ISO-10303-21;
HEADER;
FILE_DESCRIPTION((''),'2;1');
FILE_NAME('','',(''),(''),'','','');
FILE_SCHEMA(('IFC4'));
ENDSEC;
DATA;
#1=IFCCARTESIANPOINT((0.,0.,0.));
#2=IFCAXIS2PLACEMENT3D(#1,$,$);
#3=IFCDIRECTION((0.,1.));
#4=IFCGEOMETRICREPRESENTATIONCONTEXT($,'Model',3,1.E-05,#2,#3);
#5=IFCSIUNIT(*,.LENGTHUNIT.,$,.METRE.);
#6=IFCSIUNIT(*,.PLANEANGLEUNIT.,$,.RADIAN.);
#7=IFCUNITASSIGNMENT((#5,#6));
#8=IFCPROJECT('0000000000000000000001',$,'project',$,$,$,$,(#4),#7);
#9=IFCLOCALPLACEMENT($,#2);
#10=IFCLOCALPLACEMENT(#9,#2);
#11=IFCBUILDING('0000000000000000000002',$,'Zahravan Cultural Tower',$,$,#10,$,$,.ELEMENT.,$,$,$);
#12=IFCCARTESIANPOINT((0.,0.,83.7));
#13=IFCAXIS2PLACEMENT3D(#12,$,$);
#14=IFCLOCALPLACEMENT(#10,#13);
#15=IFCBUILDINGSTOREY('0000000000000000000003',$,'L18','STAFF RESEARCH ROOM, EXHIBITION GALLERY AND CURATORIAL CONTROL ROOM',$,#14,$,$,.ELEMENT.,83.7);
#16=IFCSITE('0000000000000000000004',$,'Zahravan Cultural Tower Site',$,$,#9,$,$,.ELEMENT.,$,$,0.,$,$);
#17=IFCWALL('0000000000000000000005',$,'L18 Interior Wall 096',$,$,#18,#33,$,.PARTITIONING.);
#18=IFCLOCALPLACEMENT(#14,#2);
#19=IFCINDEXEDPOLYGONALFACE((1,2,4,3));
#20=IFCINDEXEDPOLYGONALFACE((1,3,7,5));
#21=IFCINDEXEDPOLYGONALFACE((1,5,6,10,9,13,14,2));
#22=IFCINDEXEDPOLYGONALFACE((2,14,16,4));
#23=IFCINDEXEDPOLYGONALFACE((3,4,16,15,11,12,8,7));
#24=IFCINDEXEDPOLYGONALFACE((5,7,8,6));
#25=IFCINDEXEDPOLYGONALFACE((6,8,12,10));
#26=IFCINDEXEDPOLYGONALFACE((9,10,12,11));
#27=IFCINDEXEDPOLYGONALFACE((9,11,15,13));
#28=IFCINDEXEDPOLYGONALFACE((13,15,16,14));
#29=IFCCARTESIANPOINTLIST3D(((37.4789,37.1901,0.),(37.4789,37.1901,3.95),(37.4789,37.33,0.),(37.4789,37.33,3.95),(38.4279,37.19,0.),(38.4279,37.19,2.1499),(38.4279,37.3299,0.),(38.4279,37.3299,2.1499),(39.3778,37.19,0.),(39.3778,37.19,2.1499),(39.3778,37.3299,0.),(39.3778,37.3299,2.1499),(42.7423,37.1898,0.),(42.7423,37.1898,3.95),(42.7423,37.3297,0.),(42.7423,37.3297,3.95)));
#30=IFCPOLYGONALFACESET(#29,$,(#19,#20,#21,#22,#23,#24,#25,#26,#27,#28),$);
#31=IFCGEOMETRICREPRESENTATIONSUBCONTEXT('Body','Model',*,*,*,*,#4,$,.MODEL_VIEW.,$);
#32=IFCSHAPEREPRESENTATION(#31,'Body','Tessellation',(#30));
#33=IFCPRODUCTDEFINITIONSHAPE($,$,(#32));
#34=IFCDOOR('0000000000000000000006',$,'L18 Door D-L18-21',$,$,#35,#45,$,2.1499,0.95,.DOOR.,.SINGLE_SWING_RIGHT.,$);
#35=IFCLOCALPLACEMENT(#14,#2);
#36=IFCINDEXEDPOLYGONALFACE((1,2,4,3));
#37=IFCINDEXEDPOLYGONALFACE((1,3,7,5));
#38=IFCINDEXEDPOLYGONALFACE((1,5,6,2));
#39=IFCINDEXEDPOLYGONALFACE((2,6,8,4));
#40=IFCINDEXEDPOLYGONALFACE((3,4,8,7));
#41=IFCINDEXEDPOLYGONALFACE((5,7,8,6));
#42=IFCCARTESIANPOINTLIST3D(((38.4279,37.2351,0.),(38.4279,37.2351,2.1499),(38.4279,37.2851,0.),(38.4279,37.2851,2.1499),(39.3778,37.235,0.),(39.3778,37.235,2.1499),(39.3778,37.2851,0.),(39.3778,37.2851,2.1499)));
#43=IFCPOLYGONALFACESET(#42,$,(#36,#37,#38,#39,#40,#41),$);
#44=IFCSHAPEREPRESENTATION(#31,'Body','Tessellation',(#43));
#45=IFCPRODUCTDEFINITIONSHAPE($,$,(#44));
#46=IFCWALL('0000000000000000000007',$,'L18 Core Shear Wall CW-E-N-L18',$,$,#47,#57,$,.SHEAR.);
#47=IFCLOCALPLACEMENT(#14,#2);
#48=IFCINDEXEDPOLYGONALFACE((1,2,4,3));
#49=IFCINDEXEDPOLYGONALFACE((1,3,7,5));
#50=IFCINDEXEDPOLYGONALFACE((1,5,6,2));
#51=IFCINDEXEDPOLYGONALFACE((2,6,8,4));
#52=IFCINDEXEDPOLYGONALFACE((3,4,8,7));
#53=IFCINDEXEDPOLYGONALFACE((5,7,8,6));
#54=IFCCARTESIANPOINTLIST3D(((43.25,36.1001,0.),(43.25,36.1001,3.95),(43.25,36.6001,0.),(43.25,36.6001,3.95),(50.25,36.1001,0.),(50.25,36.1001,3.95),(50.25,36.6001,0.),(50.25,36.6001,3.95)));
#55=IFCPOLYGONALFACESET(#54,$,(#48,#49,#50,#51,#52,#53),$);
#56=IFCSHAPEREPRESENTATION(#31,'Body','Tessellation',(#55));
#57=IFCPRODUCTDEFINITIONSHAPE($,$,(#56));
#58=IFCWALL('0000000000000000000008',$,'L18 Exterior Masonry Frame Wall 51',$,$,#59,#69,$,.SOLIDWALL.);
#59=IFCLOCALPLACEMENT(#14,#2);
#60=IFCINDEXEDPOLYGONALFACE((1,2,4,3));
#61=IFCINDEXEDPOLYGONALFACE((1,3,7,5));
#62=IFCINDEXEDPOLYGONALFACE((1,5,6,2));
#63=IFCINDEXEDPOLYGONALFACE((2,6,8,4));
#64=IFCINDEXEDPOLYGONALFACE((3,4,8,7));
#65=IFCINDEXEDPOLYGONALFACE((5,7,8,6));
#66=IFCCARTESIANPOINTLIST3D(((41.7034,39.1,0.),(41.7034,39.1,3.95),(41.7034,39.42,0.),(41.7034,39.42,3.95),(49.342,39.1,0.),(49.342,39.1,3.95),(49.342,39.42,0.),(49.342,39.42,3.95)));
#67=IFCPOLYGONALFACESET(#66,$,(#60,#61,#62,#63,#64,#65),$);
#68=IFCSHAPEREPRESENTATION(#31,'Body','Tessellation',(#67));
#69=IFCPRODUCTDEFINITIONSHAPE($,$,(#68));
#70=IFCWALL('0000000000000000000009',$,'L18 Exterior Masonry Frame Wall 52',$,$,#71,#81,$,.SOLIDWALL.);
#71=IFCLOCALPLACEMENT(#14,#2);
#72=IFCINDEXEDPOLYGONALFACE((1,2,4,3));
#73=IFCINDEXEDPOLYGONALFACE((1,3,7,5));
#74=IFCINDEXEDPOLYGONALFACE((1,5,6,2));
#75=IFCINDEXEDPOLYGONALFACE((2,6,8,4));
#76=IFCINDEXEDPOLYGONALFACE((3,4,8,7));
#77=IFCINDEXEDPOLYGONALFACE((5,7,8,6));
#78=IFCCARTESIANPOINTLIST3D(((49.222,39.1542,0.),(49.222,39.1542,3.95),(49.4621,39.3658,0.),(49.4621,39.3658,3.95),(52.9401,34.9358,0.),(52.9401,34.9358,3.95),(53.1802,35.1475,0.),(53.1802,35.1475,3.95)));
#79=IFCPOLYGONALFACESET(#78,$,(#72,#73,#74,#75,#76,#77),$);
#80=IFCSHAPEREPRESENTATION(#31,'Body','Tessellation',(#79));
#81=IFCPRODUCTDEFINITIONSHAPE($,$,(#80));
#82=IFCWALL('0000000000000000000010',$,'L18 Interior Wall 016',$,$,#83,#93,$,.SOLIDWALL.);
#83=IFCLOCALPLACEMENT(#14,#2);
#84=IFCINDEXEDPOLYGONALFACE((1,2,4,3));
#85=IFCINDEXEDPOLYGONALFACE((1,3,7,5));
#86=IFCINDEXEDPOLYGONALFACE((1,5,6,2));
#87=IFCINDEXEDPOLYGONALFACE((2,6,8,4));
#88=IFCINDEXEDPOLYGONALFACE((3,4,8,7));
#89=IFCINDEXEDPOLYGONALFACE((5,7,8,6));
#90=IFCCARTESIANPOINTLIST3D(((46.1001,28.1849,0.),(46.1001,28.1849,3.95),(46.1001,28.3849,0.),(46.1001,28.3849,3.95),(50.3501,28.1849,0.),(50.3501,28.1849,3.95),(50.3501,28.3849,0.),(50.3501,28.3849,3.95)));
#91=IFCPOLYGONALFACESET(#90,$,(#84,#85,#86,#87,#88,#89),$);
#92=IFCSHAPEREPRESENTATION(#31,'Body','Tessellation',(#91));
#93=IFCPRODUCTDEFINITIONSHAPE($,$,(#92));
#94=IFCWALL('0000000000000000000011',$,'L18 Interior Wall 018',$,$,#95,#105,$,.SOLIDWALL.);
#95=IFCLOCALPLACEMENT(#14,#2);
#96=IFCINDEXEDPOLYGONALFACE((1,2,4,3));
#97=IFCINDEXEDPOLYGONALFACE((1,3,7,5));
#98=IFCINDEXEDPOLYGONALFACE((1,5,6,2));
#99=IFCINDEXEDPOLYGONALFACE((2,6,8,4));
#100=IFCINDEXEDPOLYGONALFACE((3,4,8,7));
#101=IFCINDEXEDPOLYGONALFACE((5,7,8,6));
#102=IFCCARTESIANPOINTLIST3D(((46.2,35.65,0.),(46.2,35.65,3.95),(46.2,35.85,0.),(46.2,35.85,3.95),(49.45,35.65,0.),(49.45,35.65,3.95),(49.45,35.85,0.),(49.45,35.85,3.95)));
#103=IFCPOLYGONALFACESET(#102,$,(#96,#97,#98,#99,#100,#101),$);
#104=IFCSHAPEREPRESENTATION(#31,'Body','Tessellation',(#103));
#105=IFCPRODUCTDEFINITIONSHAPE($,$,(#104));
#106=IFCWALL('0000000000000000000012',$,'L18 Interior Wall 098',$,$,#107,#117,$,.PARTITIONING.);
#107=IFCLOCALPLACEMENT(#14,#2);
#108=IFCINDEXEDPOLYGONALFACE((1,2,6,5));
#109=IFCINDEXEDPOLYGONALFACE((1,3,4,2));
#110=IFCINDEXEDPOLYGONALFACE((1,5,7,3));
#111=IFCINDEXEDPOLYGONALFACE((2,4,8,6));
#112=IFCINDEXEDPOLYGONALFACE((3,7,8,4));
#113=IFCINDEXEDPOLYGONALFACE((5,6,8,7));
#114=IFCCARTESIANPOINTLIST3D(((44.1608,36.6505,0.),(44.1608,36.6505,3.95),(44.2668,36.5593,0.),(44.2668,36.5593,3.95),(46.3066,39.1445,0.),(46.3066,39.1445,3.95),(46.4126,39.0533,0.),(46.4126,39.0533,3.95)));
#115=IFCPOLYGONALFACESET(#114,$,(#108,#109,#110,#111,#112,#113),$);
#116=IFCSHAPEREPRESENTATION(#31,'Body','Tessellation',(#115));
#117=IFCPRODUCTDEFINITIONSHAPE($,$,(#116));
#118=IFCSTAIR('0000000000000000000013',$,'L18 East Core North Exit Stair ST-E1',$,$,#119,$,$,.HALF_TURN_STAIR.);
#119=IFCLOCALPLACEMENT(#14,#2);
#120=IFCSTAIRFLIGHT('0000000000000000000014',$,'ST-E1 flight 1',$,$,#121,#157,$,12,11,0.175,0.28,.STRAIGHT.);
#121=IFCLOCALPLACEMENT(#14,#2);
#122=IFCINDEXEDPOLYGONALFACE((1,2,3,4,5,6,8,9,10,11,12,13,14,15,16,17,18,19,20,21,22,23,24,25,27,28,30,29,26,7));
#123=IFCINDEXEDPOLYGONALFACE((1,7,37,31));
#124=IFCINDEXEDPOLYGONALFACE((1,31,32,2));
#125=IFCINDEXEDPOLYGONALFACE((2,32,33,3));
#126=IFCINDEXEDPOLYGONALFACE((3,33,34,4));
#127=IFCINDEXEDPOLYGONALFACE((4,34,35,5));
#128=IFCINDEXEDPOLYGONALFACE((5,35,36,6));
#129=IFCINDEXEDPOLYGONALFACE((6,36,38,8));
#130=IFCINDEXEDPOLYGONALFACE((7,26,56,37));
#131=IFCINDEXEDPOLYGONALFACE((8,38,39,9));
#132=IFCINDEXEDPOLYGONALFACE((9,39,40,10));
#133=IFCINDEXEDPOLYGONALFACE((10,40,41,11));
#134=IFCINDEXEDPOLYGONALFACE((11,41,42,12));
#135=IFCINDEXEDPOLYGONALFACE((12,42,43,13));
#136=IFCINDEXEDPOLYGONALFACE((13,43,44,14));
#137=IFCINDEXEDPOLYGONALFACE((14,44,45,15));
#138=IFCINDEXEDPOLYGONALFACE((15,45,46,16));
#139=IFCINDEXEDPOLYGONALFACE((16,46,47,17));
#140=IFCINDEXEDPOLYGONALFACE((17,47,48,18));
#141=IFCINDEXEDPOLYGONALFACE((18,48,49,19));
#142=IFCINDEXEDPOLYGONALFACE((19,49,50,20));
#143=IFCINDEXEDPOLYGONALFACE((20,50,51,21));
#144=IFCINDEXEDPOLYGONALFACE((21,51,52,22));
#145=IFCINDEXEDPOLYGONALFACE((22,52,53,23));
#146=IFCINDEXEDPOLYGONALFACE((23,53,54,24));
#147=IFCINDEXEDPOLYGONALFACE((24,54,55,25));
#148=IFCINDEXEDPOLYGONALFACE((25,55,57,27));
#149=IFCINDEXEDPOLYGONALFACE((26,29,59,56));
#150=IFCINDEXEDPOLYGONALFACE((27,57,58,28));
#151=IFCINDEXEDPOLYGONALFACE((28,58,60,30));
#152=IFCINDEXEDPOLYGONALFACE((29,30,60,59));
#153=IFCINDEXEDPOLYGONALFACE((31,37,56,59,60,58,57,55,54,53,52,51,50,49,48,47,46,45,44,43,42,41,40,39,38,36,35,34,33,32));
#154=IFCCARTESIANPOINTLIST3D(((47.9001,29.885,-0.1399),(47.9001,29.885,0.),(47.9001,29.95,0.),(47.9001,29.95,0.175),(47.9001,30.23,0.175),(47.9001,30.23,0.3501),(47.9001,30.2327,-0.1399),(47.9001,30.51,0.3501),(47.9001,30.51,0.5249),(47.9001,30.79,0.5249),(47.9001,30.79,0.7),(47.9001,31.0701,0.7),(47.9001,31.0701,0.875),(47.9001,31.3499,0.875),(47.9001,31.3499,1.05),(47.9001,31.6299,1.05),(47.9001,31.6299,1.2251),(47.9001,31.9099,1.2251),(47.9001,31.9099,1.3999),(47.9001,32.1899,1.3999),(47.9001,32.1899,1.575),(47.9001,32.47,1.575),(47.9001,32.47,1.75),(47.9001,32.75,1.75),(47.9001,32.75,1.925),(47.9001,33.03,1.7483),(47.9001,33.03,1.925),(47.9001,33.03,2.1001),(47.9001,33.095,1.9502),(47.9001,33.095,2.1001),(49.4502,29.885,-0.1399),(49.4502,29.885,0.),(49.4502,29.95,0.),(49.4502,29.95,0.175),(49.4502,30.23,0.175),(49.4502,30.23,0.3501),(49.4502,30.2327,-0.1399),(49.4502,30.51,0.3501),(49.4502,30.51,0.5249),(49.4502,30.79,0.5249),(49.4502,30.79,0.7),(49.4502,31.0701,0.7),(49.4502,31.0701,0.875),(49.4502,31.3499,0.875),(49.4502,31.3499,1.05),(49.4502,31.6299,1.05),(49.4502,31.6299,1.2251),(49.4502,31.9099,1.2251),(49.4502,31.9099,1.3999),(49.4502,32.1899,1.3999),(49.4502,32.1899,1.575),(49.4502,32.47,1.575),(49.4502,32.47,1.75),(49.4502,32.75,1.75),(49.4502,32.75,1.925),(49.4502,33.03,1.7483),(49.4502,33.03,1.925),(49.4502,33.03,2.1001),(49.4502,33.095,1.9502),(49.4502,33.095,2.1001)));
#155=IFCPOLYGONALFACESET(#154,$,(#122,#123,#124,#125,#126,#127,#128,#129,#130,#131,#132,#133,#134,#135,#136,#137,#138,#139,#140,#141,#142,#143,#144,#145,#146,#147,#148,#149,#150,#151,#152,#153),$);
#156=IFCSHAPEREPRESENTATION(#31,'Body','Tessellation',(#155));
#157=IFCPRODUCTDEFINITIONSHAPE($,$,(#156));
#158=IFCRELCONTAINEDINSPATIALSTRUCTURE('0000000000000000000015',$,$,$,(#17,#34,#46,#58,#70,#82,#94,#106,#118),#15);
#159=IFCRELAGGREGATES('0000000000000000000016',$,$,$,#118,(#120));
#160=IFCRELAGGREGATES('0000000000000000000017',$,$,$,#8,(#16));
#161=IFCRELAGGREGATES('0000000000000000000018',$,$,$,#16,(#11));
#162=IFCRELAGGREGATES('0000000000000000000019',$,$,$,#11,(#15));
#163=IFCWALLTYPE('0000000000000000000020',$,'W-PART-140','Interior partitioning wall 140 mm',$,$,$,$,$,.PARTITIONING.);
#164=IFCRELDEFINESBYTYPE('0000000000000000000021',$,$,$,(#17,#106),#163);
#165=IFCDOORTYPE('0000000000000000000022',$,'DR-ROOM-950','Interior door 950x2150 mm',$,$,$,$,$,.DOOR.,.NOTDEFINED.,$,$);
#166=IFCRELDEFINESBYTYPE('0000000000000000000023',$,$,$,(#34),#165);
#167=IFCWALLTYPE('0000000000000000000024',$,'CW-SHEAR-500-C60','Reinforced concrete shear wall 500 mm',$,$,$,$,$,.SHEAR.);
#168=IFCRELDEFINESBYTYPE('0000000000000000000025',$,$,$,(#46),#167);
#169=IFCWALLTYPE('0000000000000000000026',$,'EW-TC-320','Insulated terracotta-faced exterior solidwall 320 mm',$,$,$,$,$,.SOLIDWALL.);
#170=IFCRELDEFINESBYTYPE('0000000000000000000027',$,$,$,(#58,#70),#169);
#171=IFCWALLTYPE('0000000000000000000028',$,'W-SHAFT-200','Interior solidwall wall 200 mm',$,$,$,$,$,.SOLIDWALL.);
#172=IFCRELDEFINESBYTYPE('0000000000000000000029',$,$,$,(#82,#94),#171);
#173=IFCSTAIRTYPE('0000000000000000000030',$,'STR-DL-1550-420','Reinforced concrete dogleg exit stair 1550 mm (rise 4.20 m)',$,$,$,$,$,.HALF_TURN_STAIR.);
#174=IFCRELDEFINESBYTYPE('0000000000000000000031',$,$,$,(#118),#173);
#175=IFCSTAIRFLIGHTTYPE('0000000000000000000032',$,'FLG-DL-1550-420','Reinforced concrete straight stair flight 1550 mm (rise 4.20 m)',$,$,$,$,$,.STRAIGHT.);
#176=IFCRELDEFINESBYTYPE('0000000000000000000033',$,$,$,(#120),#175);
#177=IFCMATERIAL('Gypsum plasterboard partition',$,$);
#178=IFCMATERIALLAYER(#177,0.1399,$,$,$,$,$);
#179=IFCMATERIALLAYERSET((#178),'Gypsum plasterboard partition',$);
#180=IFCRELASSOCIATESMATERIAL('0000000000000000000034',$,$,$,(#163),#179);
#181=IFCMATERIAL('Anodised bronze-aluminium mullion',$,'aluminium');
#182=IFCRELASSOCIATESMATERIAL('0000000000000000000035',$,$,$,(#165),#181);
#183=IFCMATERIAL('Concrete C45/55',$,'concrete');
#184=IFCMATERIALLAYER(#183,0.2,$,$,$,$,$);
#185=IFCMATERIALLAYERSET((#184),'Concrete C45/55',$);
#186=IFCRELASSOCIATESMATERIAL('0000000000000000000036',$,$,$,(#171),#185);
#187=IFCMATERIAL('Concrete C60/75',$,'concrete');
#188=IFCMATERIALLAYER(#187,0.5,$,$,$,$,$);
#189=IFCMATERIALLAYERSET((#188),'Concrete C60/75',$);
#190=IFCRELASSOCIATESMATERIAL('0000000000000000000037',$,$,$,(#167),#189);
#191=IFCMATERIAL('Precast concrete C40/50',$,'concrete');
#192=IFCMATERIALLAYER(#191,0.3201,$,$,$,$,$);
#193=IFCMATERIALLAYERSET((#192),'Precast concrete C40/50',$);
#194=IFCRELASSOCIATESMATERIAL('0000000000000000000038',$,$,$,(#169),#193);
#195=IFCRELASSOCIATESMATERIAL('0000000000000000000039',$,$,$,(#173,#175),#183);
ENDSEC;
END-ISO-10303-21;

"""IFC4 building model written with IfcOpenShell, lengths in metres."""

from ifc_helpers import new_model, si_unit, direction, frame, frame_2d, origin, place, context, subcontext, project, spatial, polyline, rectangle, outline, extrude, source, transform, mapped, material, layer, layer_set, type_object, element, fill, aggregate, save


model = new_model("IFC4")

# Units and contexts
model_context = context("Model", 3, precision=1e-05, world=origin(), true_north=direction((0.0, 1.0)))
body_context = subcontext(model_context, "Body", "Model", "MODEL_VIEW")
ifc_project = project(units=[si_unit("LENGTHUNIT", "METRE"), si_unit("PLANEANGLEUNIT", "RADIAN")], contexts=[model_context])

# Site, building, storey
site_placement = place(None, origin())
site = spatial("IfcSite", under=ifc_project, at=site_placement, Name="Zahravan Cultural Tower Site", CompositionType="ELEMENT", RefElevation=0.0)
building_placement = place(site_placement, origin())
building = spatial("IfcBuilding", under=site, at=building_placement, Name="Zahravan Cultural Tower", CompositionType="ELEMENT")
storey_placement = place(building_placement, frame((0.0, 0.0, 83.7)))
storey = spatial("IfcBuildingStorey", under=building, at=storey_placement, Name="L18", Description="STAFF RESEARCH ROOM, EXHIBITION GALLERY AND CURATORIAL CONTROL ROOM", CompositionType="ELEMENT", Elevation=83.7)

# Shared definitions
ifc_material_1 = material(Name="Concrete C60/75", Category="concrete")

# Shared definitions
ifc_material_2 = material(Name="Anodised bronze-aluminium mullion", Category="aluminium")

# Wall, opening, door
ifc_material_3 = material(Name="Gypsum plasterboard partition")
ifc_layer_1 = layer(ifc_material_3, 0.1399)
ifc_layer_set_1 = layer_set([ifc_layer_1], Name="Gypsum plasterboard partition")
wall_type_1 = type_object("IfcWallType", Name="W-PART-140", Description="Interior partitioning wall 140 mm", PredefinedType="PARTITIONING", material=ifc_layer_set_1)
wall_1_placement = place(storey_placement, frame((42.7424, 37.2598, 0.0), z_axis=(0.0, 0.0, 1.0), x_axis=(-1.0, 0.000046, 0.0)))
wall_1 = element("IfcWall", 1, at=wall_1_placement, inside=storey, type_object=wall_type_1, Name="L18 Interior Wall 096", PredefinedType="PARTITIONING", context=body_context, shape_type="SweptSolid", body=[
    extrude(rectangle(XDim=5.2634, YDim=0.1399, at=frame_2d((2.6318, 0.0))), origin(), (0.0, 0.0, 1.0), 3.95),
])
opening_1_placement = place(wall_1_placement, frame((3.3645, 0.0, 0.0)))
opening_1 = element("IfcOpeningElement", 2, at=opening_1_placement, cuts=wall_1, PredefinedType="OPENING", context=body_context, shape_type="SweptSolid", body=[
    extrude(rectangle(XDim=0.95, YDim=2.1499, at=frame_2d((0.4751, 1.075))), frame((0.0, 0.0798, 0.0), z_axis=(0.0, -1.0, 0.0), x_axis=(1.0, 0.0, 0.0)), (0.0, 0.0, 1.0), 0.1599),
])
door_type_1 = type_object("IfcDoorType", Name="DR-ROOM-950", Description="Interior door 950x2150 mm", OperationType="NOTDEFINED", PredefinedType="DOOR", material=ifc_material_2)
shared_shape_1 = source(origin(), body_context, "Body", "SweptSolid", [
    extrude(rectangle(XDim=0.95, YDim=2.1499, at=frame_2d((0.4751, 1.075))), frame((0.0, 0.0249, 0.0), z_axis=(0.0, -1.0, 0.0), x_axis=(1.0, 0.0, 0.0)), (0.0, 0.0, 1.0), 0.05),
])
door_1_placement = place(opening_1_placement, origin())
door_1 = element("IfcDoor", 3, at=door_1_placement, inside=storey, type_object=door_type_1, Name="L18 Door D-L18-21", OperationType="SINGLE_SWING_RIGHT", OverallHeight=2.1499, OverallWidth=0.95, PredefinedType="DOOR", context=body_context, shape_type="MappedRepresentation", body=[
    mapped(shared_shape_1, transform((0.0, 0.0, 0.0), x_axis=(1.0, 0.0, 0.0), y_axis=(0.0, 1.0, 0.0), z_axis=(0.0, 0.0, 1.0), scale=1.0)),
])
fill(opening_1, door_1)
ifc_material_4 = material(Name="Concrete C45/55", Category="concrete")
ifc_layer_2 = layer(ifc_material_4, 0.2)
ifc_layer_set_2 = layer_set([ifc_layer_2], Name="Concrete C45/55")
wall_type_2 = type_object("IfcWallType", Name="W-SHAFT-200", Description="Interior solidwall wall 200 mm", PredefinedType="SOLIDWALL", material=ifc_layer_set_2)

# Walls
ifc_layer_3 = layer(ifc_material_1, 0.5)
ifc_layer_set_3 = layer_set([ifc_layer_3], Name="Concrete C60/75")
wall_type_3 = type_object("IfcWallType", Name="CW-SHEAR-500-C60", Description="Reinforced concrete shear wall 500 mm", PredefinedType="SHEAR", material=ifc_layer_set_3)
shared_shape_2 = source(origin(), body_context, "Body", "SweptSolid", [
    extrude(rectangle(XDim=7.0, YDim=0.5, at=frame_2d((3.5, 0.0))), origin(), (0.0, 0.0, 1.0), 3.95),
])
wall_2_placement = place(storey_placement, frame((43.25, 36.3501, 0.0), z_axis=(0.0, 0.0, 1.0), x_axis=(1.0, 0.0, 0.0)))
element("IfcWall", 4, at=wall_2_placement, inside=storey, type_object=wall_type_3, Name="L18 Core Shear Wall CW-E-N-L18", PredefinedType="SHEAR", context=body_context, shape_type="MappedRepresentation", body=[
    mapped(shared_shape_2, transform((0.0, 0.0, 0.0), x_axis=(1.0, 0.0, 0.0), y_axis=(0.0, 1.0, 0.0), z_axis=(0.0, 0.0, 1.0), scale=1.0)),
])
ifc_material_5 = material(Name="Precast concrete C40/50", Category="concrete")
ifc_layer_4 = layer(ifc_material_5, 0.3201)
ifc_layer_set_4 = layer_set([ifc_layer_4], Name="Precast concrete C40/50")
wall_type_4 = type_object("IfcWallType", Name="EW-TC-320", Description="Insulated terracotta-faced exterior solidwall 320 mm", PredefinedType="SOLIDWALL", material=ifc_layer_set_4)
shared_shape_3 = source(origin(), body_context, "Body", "SweptSolid", [
    extrude(rectangle(XDim=7.6387, YDim=0.3201, at=frame_2d((3.8193, 0.0))), origin(), (0.0, 0.0, 1.0), 3.95),
])
wall_3_placement = place(storey_placement, frame((41.7034, 39.26, 0.0), z_axis=(0.0, 0.0, 1.0), x_axis=(1.0, 0.0, 0.0)))
element("IfcWall", 5, at=wall_3_placement, inside=storey, type_object=wall_type_4, Name="L18 Exterior Masonry Frame Wall 51", PredefinedType="SOLIDWALL", context=body_context, shape_type="MappedRepresentation", body=[
    mapped(shared_shape_3, transform((0.0, 0.0, 0.0), x_axis=(1.0, 0.0, 0.0), y_axis=(0.0, 1.0, 0.0), z_axis=(0.0, 0.0, 1.0), scale=1.0)),
])
shared_shape_4 = source(origin(), body_context, "Body", "SweptSolid", [
    extrude(rectangle(XDim=5.623, YDim=0.3201, at=frame_2d((2.8115, 0.0))), origin(), (0.0, 0.0, 1.0), 3.95),
])
wall_4_placement = place(storey_placement, frame((49.342, 39.26, 0.0), z_axis=(0.0, 0.0, 1.0), x_axis=(0.661224, -0.750189, 0.0)))
element("IfcWall", 6, at=wall_4_placement, inside=storey, type_object=wall_type_4, Name="L18 Exterior Masonry Frame Wall 52", PredefinedType="SOLIDWALL", context=body_context, shape_type="MappedRepresentation", body=[
    mapped(shared_shape_4, transform((0.0, 0.0, 0.0), x_axis=(1.0, 0.0, 0.0), y_axis=(0.0, 1.0, 0.0), z_axis=(0.0, 0.0, 1.0), scale=1.0)),
])
shared_shape_5 = source(origin(), body_context, "Body", "SweptSolid", [
    extrude(rectangle(XDim=4.25, YDim=0.2, at=frame_2d((2.125, 0.0))), origin(), (0.0, 0.0, 1.0), 3.95),
])
wall_5_placement = place(storey_placement, frame((46.1001, 28.2849, 0.0), z_axis=(0.0, 0.0, 1.0), x_axis=(1.0, 0.0, 0.0)))
element("IfcWall", 7, at=wall_5_placement, inside=storey, type_object=wall_type_2, Name="L18 Interior Wall 016", PredefinedType="SOLIDWALL", context=body_context, shape_type="MappedRepresentation", body=[
    mapped(shared_shape_5, transform((0.0, 0.0, 0.0), x_axis=(1.0, 0.0, 0.0), y_axis=(0.0, 1.0, 0.0), z_axis=(0.0, 0.0, 1.0), scale=1.0)),
])
shared_shape_6 = source(origin(), body_context, "Body", "SweptSolid", [
    extrude(rectangle(XDim=3.25, YDim=0.2, at=frame_2d((1.625, 0.0))), origin(), (0.0, 0.0, 1.0), 3.95),
])
wall_6_placement = place(storey_placement, frame((46.2, 35.75, 0.0), z_axis=(0.0, 0.0, 1.0), x_axis=(1.0, 0.0, 0.0)))
element("IfcWall", 8, at=wall_6_placement, inside=storey, type_object=wall_type_2, Name="L18 Interior Wall 018", PredefinedType="SOLIDWALL", context=body_context, shape_type="MappedRepresentation", body=[
    mapped(shared_shape_6, transform((0.0, 0.0, 0.0), x_axis=(1.0, 0.0, 0.0), y_axis=(0.0, 1.0, 0.0), z_axis=(0.0, 0.0, 1.0), scale=1.0)),
])
shared_shape_7 = source(origin(), body_context, "Body", "SweptSolid", [
    extrude(rectangle(XDim=3.29, YDim=0.1399, at=frame_2d((1.645, 0.0))), origin(), (0.0, 0.0, 1.0), 3.95),
])
wall_7_placement = place(storey_placement, frame((46.3596, 39.0989, 0.0), z_axis=(0.0, 0.0, 1.0), x_axis=(-0.652214, -0.758035, 0.0)))
element("IfcWall", 9, at=wall_7_placement, inside=storey, type_object=wall_type_1, Name="L18 Interior Wall 098", PredefinedType="PARTITIONING", context=body_context, shape_type="MappedRepresentation", body=[
    mapped(shared_shape_7, transform((0.0, 0.0, 0.0), x_axis=(1.0, 0.0, 0.0), y_axis=(0.0, 1.0, 0.0), z_axis=(0.0, 0.0, 1.0), scale=1.0)),
])

# Stair, stair flight
stair_type = type_object("IfcStairType", Name="STR-DL-1550-420", Description="Reinforced concrete dogleg exit stair 1550 mm (rise 4.20 m)", PredefinedType="HALF_TURN_STAIR", material=ifc_material_4)
stair_placement = place(storey_placement, origin())
stair = element("IfcStair", 10, at=stair_placement, inside=storey, type_object=stair_type, Name="L18 East Core North Exit Stair ST-E1", PredefinedType="HALF_TURN_STAIR")
stair_flight_type = type_object("IfcStairFlightType", Name="FLG-DL-1550-420", Description="Reinforced concrete straight stair flight 1550 mm (rise 4.20 m)", PredefinedType="STRAIGHT", material=ifc_material_4)
stair_flight_1_placement = place(storey_placement, frame((48.675, 29.95, 0.0), z_axis=(0.0, 0.0, 1.0), x_axis=(0.0, 1.0, 0.0)))
stair_flight_1 = element("IfcStairFlight", 11, at=stair_flight_1_placement, type_object=stair_flight_type, Name="ST-E1 flight 1", NumberOfRisers=12, NumberOfTreads=11, PredefinedType="STRAIGHT", RiserHeight=0.175, TreadLength=0.28, context=body_context, shape_type="SweptSolid", body=[
    extrude(outline(polyline([(-0.0649, -0.1399), (-0.0649, 0.0), (0.0, 0.0), (0.0, 0.175), (0.28, 0.175), (0.28, 0.3501), (0.5601, 0.3501), (0.5601, 0.5249), (0.8401, 0.5249), (0.8401, 0.7), (1.1201, 0.7), (1.1201, 0.875), (1.3999, 0.875), (1.3999, 1.05), (1.6799, 1.05), (1.6799, 1.2251), (1.96, 1.2251), (1.96, 1.3999), (2.24, 1.3999), (2.24, 1.575), (2.52, 1.575), (2.52, 1.75), (2.8, 1.75), (2.8, 1.925), (3.0801, 1.925), (3.0801, 2.1001), (3.145, 2.1001), (3.145, 1.9502), (3.0801, 1.7483), (0.2827, -0.1399), (-0.0649, -0.1399)])), frame((0.0, 0.7749, 0.0), z_axis=(0.0, -1.0, 0.0), x_axis=(1.0, 0.0, 0.0)), (0.0, 0.0, 1.0), 1.55),
])
aggregate(stair, [stair_flight_1])

save(model, "model.ifc")
